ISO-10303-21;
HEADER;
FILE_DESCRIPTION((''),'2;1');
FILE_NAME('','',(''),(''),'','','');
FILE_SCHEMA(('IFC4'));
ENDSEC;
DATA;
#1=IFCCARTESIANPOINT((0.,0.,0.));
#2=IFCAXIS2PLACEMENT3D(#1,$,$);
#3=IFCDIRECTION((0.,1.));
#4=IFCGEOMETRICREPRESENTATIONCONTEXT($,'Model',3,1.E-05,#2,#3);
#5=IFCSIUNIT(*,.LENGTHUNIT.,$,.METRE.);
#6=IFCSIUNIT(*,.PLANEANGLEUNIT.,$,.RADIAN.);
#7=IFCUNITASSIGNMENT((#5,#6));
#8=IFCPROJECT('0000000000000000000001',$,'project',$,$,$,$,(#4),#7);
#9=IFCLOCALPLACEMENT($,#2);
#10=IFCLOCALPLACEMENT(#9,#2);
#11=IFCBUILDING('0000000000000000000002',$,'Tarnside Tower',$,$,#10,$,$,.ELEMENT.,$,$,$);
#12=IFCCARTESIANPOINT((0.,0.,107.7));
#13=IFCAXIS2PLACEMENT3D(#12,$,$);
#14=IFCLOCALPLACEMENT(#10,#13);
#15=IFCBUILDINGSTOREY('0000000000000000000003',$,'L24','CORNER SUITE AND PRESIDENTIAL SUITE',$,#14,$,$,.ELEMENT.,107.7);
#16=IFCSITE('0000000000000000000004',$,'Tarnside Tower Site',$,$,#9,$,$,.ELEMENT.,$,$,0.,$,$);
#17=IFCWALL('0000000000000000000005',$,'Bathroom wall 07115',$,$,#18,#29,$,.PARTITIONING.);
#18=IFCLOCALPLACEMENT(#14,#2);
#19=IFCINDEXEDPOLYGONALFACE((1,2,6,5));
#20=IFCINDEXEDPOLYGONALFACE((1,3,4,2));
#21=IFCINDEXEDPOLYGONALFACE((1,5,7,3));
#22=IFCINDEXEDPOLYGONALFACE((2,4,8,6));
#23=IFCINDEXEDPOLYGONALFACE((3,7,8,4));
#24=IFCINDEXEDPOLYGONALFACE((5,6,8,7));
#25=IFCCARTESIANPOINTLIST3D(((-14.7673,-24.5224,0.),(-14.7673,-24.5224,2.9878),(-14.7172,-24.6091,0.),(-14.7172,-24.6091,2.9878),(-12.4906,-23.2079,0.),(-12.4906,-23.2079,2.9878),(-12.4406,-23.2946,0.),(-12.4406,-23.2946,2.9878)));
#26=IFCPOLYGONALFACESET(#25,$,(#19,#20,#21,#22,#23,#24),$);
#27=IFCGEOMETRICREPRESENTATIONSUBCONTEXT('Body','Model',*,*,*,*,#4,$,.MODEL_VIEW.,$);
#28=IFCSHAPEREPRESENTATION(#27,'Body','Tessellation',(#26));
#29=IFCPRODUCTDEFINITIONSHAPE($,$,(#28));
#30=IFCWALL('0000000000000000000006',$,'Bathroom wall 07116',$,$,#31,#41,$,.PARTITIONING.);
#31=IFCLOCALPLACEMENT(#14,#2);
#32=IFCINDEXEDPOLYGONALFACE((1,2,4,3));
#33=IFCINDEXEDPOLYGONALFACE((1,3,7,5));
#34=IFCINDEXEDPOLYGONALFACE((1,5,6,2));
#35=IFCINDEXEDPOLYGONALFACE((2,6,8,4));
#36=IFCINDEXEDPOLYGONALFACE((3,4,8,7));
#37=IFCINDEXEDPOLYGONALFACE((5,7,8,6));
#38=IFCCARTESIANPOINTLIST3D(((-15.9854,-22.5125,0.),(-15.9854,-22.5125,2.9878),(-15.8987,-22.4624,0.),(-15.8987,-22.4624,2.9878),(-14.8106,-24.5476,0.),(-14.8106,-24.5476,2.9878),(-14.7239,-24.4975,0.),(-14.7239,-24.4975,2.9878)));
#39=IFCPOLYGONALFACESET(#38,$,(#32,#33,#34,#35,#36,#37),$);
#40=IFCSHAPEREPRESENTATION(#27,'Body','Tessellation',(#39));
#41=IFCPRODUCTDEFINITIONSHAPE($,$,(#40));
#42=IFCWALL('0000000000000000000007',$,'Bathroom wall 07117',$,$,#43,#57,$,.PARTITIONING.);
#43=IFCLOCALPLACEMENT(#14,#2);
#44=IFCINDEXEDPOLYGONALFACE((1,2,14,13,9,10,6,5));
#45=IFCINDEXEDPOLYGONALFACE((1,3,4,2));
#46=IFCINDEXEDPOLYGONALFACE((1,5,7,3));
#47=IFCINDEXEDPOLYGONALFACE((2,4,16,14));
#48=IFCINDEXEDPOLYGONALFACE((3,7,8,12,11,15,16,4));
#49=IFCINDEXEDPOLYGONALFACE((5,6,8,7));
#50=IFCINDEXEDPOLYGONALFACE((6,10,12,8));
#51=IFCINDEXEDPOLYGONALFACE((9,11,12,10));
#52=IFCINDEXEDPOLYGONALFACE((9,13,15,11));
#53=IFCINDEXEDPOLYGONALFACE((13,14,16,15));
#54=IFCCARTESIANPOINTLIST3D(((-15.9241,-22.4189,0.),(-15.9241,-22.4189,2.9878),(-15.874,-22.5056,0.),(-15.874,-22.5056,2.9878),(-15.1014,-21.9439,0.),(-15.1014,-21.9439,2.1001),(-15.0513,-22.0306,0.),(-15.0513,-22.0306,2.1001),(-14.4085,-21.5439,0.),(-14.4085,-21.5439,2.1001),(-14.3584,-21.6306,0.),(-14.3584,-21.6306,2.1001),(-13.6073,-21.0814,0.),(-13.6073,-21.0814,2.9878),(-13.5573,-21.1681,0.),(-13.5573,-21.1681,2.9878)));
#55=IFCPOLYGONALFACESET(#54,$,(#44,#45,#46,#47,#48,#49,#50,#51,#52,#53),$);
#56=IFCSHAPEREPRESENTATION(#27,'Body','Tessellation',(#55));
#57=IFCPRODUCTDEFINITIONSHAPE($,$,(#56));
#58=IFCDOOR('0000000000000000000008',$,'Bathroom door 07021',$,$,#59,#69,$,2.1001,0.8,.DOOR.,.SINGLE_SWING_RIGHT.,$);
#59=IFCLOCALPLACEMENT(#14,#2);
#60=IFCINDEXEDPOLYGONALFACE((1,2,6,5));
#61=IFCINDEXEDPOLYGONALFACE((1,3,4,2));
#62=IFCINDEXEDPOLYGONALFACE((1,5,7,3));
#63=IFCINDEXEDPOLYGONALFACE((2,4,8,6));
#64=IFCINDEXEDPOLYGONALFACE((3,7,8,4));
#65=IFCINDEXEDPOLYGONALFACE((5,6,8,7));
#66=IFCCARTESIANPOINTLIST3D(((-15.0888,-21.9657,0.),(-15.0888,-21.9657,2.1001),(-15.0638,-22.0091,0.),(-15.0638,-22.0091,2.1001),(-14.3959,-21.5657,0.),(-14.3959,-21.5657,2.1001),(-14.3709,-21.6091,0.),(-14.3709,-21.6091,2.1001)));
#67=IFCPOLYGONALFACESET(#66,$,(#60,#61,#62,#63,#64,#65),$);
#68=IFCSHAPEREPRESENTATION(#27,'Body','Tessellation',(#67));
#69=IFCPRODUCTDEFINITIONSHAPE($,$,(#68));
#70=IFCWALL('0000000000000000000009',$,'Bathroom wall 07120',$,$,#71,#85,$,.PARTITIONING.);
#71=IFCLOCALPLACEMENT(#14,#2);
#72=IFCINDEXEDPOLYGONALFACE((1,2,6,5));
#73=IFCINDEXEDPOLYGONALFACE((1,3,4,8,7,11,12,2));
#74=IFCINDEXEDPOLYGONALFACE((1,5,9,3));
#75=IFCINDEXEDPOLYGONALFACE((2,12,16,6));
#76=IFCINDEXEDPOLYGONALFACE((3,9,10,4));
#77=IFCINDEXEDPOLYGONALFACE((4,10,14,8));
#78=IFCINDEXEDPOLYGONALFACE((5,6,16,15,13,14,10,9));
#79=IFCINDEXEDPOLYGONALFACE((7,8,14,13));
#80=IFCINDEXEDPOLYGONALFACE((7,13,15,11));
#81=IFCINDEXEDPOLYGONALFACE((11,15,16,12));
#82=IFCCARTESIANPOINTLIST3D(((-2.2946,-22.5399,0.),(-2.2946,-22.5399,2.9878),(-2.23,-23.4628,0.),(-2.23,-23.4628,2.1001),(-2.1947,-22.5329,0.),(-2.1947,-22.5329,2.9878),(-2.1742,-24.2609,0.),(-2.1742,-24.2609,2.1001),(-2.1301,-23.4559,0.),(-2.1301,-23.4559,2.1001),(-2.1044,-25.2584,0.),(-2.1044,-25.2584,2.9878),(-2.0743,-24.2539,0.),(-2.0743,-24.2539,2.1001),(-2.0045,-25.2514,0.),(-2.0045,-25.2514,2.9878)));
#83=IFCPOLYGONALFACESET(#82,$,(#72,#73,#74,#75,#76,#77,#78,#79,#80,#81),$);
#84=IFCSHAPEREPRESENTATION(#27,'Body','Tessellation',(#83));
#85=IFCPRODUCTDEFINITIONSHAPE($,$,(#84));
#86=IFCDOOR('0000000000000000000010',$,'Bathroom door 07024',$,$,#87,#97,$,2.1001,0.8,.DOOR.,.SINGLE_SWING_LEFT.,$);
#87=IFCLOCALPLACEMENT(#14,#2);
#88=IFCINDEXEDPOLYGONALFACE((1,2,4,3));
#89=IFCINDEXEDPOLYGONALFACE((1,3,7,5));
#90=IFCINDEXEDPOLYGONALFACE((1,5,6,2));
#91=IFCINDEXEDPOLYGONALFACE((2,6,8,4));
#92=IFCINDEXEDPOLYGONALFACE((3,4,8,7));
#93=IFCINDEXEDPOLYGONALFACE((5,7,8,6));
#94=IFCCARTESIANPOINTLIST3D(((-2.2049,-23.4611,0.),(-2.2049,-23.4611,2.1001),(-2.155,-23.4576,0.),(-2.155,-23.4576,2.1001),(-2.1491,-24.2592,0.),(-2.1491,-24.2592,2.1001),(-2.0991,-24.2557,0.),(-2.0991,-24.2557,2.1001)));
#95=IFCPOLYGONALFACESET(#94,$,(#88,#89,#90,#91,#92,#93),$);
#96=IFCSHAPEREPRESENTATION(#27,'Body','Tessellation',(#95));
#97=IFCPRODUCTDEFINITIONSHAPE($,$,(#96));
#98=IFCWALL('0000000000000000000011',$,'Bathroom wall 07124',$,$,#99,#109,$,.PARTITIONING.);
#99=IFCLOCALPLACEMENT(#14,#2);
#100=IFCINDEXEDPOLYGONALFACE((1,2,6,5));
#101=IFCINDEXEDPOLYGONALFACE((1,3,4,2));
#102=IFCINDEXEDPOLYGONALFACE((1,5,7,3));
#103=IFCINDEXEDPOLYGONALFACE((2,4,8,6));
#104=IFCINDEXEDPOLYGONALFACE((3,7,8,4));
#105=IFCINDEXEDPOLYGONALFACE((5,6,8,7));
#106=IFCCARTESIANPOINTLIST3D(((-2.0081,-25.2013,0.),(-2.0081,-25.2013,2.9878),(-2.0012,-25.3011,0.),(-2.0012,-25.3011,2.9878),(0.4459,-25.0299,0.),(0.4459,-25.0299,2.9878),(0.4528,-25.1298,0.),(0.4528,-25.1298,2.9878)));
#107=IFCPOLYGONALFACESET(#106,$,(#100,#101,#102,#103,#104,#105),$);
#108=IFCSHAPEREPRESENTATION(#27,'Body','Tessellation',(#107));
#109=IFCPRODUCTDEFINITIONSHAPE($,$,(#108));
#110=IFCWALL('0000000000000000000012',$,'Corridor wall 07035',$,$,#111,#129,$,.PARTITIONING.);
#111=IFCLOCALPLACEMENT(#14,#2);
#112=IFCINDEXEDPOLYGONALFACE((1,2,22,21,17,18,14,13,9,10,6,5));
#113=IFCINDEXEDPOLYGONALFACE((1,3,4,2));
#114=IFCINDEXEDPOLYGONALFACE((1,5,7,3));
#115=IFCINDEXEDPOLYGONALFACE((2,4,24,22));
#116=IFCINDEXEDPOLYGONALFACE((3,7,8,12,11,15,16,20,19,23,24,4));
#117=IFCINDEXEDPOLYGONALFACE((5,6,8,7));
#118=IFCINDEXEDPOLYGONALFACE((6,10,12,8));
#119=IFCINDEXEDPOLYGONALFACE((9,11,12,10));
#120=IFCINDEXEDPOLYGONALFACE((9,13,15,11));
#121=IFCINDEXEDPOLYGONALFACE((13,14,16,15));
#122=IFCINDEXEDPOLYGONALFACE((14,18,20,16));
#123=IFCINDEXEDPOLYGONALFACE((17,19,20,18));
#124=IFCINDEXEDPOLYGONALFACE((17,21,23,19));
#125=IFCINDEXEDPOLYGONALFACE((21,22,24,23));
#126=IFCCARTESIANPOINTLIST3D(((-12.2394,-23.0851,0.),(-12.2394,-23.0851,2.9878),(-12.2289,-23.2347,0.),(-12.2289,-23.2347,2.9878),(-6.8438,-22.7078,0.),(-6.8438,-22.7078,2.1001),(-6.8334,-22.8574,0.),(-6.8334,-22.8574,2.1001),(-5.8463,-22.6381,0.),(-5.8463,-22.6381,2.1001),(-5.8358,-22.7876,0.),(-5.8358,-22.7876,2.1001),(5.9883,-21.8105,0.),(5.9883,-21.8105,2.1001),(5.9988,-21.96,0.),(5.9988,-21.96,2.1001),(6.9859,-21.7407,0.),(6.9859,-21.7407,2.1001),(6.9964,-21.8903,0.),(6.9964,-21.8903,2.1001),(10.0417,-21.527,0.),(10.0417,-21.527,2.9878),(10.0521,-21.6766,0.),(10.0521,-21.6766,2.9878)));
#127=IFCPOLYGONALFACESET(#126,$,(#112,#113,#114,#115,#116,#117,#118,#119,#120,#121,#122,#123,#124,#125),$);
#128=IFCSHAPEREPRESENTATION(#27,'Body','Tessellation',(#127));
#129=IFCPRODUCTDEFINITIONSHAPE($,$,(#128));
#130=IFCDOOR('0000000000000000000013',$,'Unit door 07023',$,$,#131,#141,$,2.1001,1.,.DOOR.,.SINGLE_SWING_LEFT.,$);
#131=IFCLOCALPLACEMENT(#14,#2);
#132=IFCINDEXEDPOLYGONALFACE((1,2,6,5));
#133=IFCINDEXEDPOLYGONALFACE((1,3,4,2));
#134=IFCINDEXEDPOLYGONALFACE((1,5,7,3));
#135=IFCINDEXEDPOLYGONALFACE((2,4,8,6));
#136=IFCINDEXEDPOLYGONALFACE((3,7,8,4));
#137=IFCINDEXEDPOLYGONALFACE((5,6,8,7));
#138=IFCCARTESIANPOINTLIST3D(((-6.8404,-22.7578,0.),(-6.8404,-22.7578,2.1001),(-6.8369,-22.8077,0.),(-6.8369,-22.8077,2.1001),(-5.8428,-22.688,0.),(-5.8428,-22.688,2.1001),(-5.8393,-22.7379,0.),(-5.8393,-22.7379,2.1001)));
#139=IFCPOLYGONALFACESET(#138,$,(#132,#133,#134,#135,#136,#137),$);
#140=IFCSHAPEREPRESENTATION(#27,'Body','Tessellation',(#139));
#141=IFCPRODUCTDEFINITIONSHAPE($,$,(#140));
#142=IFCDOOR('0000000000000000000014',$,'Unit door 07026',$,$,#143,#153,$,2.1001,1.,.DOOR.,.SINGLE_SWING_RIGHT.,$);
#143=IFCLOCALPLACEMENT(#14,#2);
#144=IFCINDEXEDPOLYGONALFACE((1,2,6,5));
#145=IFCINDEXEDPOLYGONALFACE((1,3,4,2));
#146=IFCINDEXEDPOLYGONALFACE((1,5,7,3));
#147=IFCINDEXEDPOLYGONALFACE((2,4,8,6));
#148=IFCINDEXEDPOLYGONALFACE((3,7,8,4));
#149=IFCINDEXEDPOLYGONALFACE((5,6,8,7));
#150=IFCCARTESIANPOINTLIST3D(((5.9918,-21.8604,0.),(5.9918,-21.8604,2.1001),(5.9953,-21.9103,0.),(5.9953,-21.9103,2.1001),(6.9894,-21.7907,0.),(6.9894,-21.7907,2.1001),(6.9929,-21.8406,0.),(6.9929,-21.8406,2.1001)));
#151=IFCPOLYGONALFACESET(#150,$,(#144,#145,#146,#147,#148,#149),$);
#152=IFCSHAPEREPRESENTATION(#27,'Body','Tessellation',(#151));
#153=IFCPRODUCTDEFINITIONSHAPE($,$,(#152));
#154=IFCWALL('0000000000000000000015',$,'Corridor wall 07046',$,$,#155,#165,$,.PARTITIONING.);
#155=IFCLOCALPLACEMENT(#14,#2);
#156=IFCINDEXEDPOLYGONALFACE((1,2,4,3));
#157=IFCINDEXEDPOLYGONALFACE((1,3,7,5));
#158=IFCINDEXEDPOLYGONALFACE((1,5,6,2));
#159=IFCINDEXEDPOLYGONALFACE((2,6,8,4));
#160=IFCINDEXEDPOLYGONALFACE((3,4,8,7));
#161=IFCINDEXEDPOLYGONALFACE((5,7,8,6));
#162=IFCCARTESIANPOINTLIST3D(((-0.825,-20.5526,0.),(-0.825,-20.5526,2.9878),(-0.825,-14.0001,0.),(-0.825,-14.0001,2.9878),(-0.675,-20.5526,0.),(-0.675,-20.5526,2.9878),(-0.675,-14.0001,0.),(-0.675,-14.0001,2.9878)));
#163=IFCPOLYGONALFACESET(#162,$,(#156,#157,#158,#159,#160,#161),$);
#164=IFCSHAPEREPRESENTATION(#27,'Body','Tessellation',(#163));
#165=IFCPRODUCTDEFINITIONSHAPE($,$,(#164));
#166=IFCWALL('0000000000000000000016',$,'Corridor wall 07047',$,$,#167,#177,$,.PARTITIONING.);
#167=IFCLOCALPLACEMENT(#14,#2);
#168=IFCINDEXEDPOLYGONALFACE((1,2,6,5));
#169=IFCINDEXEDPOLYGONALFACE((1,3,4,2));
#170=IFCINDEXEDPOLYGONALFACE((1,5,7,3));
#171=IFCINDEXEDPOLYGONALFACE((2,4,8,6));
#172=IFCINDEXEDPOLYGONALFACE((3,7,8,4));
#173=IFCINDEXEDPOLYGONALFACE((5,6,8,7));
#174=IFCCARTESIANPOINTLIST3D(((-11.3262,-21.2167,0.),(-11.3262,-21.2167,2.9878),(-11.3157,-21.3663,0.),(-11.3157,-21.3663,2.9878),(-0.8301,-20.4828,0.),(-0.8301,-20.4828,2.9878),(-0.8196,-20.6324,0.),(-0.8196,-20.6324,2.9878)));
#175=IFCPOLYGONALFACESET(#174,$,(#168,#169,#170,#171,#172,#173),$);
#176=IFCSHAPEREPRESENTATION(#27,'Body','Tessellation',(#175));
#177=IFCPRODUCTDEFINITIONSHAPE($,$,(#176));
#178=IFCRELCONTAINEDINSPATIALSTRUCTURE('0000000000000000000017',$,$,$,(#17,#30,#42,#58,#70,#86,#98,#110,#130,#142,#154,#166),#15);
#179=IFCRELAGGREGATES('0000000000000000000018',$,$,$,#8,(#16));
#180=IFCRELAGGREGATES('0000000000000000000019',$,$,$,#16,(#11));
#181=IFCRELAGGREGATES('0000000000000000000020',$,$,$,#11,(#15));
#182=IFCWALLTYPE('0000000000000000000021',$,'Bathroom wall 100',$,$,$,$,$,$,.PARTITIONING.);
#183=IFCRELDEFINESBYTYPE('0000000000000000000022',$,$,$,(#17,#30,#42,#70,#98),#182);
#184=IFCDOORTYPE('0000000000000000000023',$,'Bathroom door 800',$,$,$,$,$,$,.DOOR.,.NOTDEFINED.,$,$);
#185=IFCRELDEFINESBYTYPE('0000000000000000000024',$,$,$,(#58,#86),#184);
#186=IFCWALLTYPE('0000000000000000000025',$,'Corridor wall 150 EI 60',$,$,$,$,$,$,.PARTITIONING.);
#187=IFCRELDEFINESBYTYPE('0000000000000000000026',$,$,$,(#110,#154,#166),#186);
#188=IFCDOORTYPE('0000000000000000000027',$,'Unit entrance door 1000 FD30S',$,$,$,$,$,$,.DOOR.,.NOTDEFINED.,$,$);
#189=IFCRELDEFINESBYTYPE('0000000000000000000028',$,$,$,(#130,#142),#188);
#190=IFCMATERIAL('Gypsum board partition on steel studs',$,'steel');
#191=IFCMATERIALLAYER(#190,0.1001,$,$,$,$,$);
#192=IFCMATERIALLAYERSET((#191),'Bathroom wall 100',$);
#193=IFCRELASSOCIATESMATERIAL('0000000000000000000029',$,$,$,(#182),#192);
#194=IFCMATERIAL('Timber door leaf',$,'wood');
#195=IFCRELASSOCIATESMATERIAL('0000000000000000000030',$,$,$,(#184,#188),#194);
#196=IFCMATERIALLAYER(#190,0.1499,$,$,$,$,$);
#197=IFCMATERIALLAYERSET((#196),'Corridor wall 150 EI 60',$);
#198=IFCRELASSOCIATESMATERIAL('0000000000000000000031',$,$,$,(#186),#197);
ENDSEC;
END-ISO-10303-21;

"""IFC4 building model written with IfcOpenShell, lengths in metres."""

from ifc_helpers import new_model, si_unit, direction, frame, frame_2d, origin, place, context, subcontext, project, spatial, rectangle, extrude, material, layer, layer_set, type_object, element, fill, save


model = new_model("IFC4")

# Units and contexts
model_context = context("Model", 3, precision=1e-05, world=origin(), true_north=direction((0.0, 1.0)))
body_context = subcontext(model_context, "Body", "Model", "MODEL_VIEW")
ifc_project = project(units=[si_unit("LENGTHUNIT", "METRE"), si_unit("PLANEANGLEUNIT", "RADIAN")], contexts=[model_context])

# Site, building, storey
site_placement = place(None, origin())
site = spatial("IfcSite", under=ifc_project, at=site_placement, Name="Tarnside Tower Site", CompositionType="ELEMENT", RefElevation=0.0)
building_placement = place(site_placement, origin())
building = spatial("IfcBuilding", under=site, at=building_placement, Name="Tarnside Tower", CompositionType="ELEMENT")
storey_placement = place(building_placement, frame((0.0, 0.0, 107.7)))
storey = spatial("IfcBuildingStorey", under=building, at=storey_placement, Name="L24", Description="CORNER SUITE AND PRESIDENTIAL SUITE", CompositionType="ELEMENT", Elevation=107.7)

# Walls
ifc_material_1 = material(Name="Gypsum board partition on steel studs", Category="steel")
ifc_layer_1 = layer(ifc_material_1, 0.1001)
ifc_layer_set_1 = layer_set([ifc_layer_1], Name="Bathroom wall 100")
wall_type_1 = type_object("IfcWallType", Name="Bathroom wall 100", PredefinedType="PARTITIONING", material=ifc_layer_set_1)
wall_1_placement = place(storey_placement, frame((-12.4656, -23.2512, 0.0), z_axis=(0.0, 0.0, 1.0), x_axis=(-0.866017, -0.500015, 0.0)))
element("IfcWall", 1, at=wall_1_placement, inside=storey, type_object=wall_type_1, Name="Bathroom wall 07115", PredefinedType="PARTITIONING", context=body_context, shape_type="SweptSolid", body=[
    extrude(rectangle(XDim=2.6289, YDim=0.1001, at=frame_2d((1.3145, 0.0))), origin(), (0.0, 0.0, 1.0), 2.9878),
])
wall_2_placement = place(storey_placement, frame((-14.7673, -24.5225, 0.0), z_axis=(0.0, 0.0, 1.0), x_axis=(-0.499938, 0.866061, 0.0)))
element("IfcWall", 2, at=wall_2_placement, inside=storey, type_object=wall_type_1, Name="Bathroom wall 07116", PredefinedType="PARTITIONING", context=body_context, shape_type="SweptSolid", body=[
    extrude(rectangle(XDim=2.3499, YDim=0.1001, at=frame_2d((1.1748, 0.0))), origin(), (0.0, 0.0, 1.0), 2.9878),
])

# Walls, openings, doors
wall_3_placement = place(storey_placement, frame((-15.8989, -22.4622, 0.0), z_axis=(0.0, 0.0, 1.0), x_axis=(0.866044, 0.499967, 0.0)))
wall_3 = element("IfcWall", 3, at=wall_3_placement, inside=storey, type_object=wall_type_1, Name="Bathroom wall 07117", PredefinedType="PARTITIONING", context=body_context, shape_type="SweptSolid", body=[
    extrude(rectangle(XDim=2.675, YDim=0.1001, at=frame_2d((1.3374, 0.0))), origin(), (0.0, 0.0, 1.0), 2.9878),
])
opening_1_placement = place(wall_3_placement, frame((0.95, 0.0, 0.0)))
opening_1 = element("IfcOpeningElement", 4, at=opening_1_placement, cuts=wall_3, PredefinedType="OPENING", context=body_context, shape_type="SweptSolid", body=[
    extrude(rectangle(XDim=0.8, YDim=2.1001, at=frame_2d((0.3999, 1.05))), frame((0.0, 0.0601, 0.0), z_axis=(0.0, -1.0, 0.0), x_axis=(1.0, 0.0, 0.0)), (0.0, 0.0, 1.0), 0.1201),
])
ifc_material_2 = material(Name="Timber door leaf", Category="wood")
door_type_1 = type_object("IfcDoorType", Name="Bathroom door 800", OperationType="NOTDEFINED", PredefinedType="DOOR", material=ifc_material_2)
door_1_placement = place(opening_1_placement, origin())
door_1 = element("IfcDoor", 5, at=door_1_placement, inside=storey, type_object=door_type_1, Name="Bathroom door 07021", OperationType="SINGLE_SWING_RIGHT", OverallHeight=2.1001, OverallWidth=0.8, PredefinedType="DOOR", context=body_context, shape_type="SweptSolid", body=[
    extrude(rectangle(XDim=0.8, YDim=2.1001, at=frame_2d((0.3999, 1.05))), frame((0.0, 0.0249, 0.0), z_axis=(0.0, -1.0, 0.0), x_axis=(1.0, 0.0, 0.0)), (0.0, 0.0, 1.0), 0.05),
])
fill(opening_1, door_1)
wall_4_placement = place(storey_placement, frame((-2.0544, -25.2549, 0.0), z_axis=(0.0, 0.0, 1.0), x_axis=(-0.069789, 0.997562, 0.0)))
wall_4 = element("IfcWall", 6, at=wall_4_placement, inside=storey, type_object=wall_type_1, Name="Bathroom wall 07120", PredefinedType="PARTITIONING", context=body_context, shape_type="SweptSolid", body=[
    extrude(rectangle(XDim=2.7251, YDim=0.1001, at=frame_2d((1.3625, 0.0))), origin(), (0.0, 0.0, 1.0), 2.9878),
])
opening_2_placement = place(wall_4_placement, frame((1.0, 0.0, 0.0)))
opening_2 = element("IfcOpeningElement", 7, at=opening_2_placement, cuts=wall_4, PredefinedType="OPENING", context=body_context, shape_type="SweptSolid", body=[
    extrude(rectangle(XDim=0.8, YDim=2.1001, at=frame_2d((0.3999, 1.05))), frame((0.0, 0.0601, 0.0), z_axis=(0.0, -1.0, 0.0), x_axis=(1.0, 0.0, 0.0)), (0.0, 0.0, 1.0), 0.1201),
])
door_2_placement = place(opening_2_placement, origin())
door_2 = element("IfcDoor", 8, at=door_2_placement, inside=storey, type_object=door_type_1, Name="Bathroom door 07024", OperationType="SINGLE_SWING_LEFT", OverallHeight=2.1001, OverallWidth=0.8, PredefinedType="DOOR", context=body_context, shape_type="SweptSolid", body=[
    extrude(rectangle(XDim=0.8, YDim=2.1001, at=frame_2d((0.3999, 1.05))), frame((0.0, 0.0249, 0.0), z_axis=(0.0, -1.0, 0.0), x_axis=(1.0, 0.0, 0.0)), (0.0, 0.0, 1.0), 0.05),
])
fill(opening_2, door_2)

# Wall
wall_5_placement = place(storey_placement, frame((-2.0046, -25.2512, 0.0), z_axis=(0.0, 0.0, 1.0), x_axis=(0.99757, 0.069667, 0.0)))
element("IfcWall", 9, at=wall_5_placement, inside=storey, type_object=wall_type_1, Name="Bathroom wall 07124", PredefinedType="PARTITIONING", context=body_context, shape_type="SweptSolid", body=[
    extrude(rectangle(XDim=2.46, YDim=0.1001, at=frame_2d((1.23, 0.0))), origin(), (0.0, 0.0, 1.0), 2.9878),
])

# Wall, openings, doors
ifc_layer_2 = layer(ifc_material_1, 0.1499)
ifc_layer_set_2 = layer_set([ifc_layer_2], Name="Corridor wall 150 EI 60")
wall_type_2 = type_object("IfcWallType", Name="Corridor wall 150 EI 60", PredefinedType="PARTITIONING", material=ifc_layer_set_2)
wall_6_placement = place(storey_placement, frame((-12.2341, -23.1599, 0.0), z_axis=(0.0, 0.0, 1.0), x_axis=(0.997564, 0.069759, 0.0)))
wall_6 = element("IfcWall", 10, at=wall_6_placement, inside=storey, type_object=wall_type_2, Name="Corridor wall 07035", PredefinedType="PARTITIONING", context=body_context, shape_type="SweptSolid", body=[
    extrude(rectangle(XDim=22.3354, YDim=0.1499, at=frame_2d((11.1677, 0.0))), origin(), (0.0, 0.0, 1.0), 2.9878),
])
opening_3_placement = place(wall_6_placement, frame((5.4087, 0.0, 0.0)))
opening_3 = element("IfcOpeningElement", 11, at=opening_3_placement, cuts=wall_6, PredefinedType="OPENING", context=body_context, shape_type="SweptSolid", body=[
    extrude(rectangle(XDim=1.0, YDim=2.1001, at=frame_2d((0.5, 1.05))), frame((0.0, 0.085, 0.0), z_axis=(0.0, -1.0, 0.0), x_axis=(1.0, 0.0, 0.0)), (0.0, 0.0, 1.0), 0.1699),
])
opening_4_placement = place(wall_6_placement, frame((18.2722, 0.0, 0.0)))
opening_4 = element("IfcOpeningElement", 12, at=opening_4_placement, cuts=wall_6, PredefinedType="OPENING", context=body_context, shape_type="SweptSolid", body=[
    extrude(rectangle(XDim=1.0, YDim=2.1001, at=frame_2d((0.5, 1.05))), frame((0.0, 0.085, 0.0), z_axis=(0.0, -1.0, 0.0), x_axis=(1.0, 0.0, 0.0)), (0.0, 0.0, 1.0), 0.1699),
])
door_type_2 = type_object("IfcDoorType", Name="Unit entrance door 1000 FD30S", OperationType="NOTDEFINED", PredefinedType="DOOR", material=ifc_material_2)
door_3_placement = place(opening_3_placement, origin())
door_3 = element("IfcDoor", 13, at=door_3_placement, inside=storey, type_object=door_type_2, Name="Unit door 07023", OperationType="SINGLE_SWING_LEFT", OverallHeight=2.1001, OverallWidth=1.0, PredefinedType="DOOR", context=body_context, shape_type="SweptSolid", body=[
    extrude(rectangle(XDim=1.0, YDim=2.1001, at=frame_2d((0.5, 1.05))), frame((0.0, 0.0249, 0.0), z_axis=(0.0, -1.0, 0.0), x_axis=(1.0, 0.0, 0.0)), (0.0, 0.0, 1.0), 0.05),
])
fill(opening_3, door_3)
door_4_placement = place(opening_4_placement, origin())
door_4 = element("IfcDoor", 14, at=door_4_placement, inside=storey, type_object=door_type_2, Name="Unit door 07026", OperationType="SINGLE_SWING_RIGHT", OverallHeight=2.1001, OverallWidth=1.0, PredefinedType="DOOR", context=body_context, shape_type="SweptSolid", body=[
    extrude(rectangle(XDim=1.0, YDim=2.1001, at=frame_2d((0.5, 1.05))), frame((0.0, 0.0249, 0.0), z_axis=(0.0, -1.0, 0.0), x_axis=(1.0, 0.0, 0.0)), (0.0, 0.0, 1.0), 0.05),
])
fill(opening_4, door_4)

# Walls
wall_7_placement = place(storey_placement, frame((-0.75, -14.0, 0.0), z_axis=(0.0, 0.0, 1.0), x_axis=(0.0, -1.0, 0.0)))
element("IfcWall", 15, at=wall_7_placement, inside=storey, type_object=wall_type_2, Name="Corridor wall 07046", PredefinedType="PARTITIONING", context=body_context, shape_type="SweptSolid", body=[
    extrude(rectangle(XDim=6.5525, YDim=0.1499, at=frame_2d((3.2764, 0.0))), origin(), (0.0, 0.0, 1.0), 2.9878),
])
wall_8_placement = place(storey_placement, frame((-0.825, -20.5576, 0.0), z_axis=(0.0, 0.0, 1.0), x_axis=(-0.997565, -0.06975, 0.0)))
element("IfcWall", 16, at=wall_8_placement, inside=storey, type_object=wall_type_2, Name="Corridor wall 07047", PredefinedType="PARTITIONING", context=body_context, shape_type="SweptSolid", body=[
    extrude(rectangle(XDim=10.5217, YDim=0.1499, at=frame_2d((5.2607, 0.0))), origin(), (0.0, 0.0, 1.0), 2.9878),
])

save(model, "model.ifc")
